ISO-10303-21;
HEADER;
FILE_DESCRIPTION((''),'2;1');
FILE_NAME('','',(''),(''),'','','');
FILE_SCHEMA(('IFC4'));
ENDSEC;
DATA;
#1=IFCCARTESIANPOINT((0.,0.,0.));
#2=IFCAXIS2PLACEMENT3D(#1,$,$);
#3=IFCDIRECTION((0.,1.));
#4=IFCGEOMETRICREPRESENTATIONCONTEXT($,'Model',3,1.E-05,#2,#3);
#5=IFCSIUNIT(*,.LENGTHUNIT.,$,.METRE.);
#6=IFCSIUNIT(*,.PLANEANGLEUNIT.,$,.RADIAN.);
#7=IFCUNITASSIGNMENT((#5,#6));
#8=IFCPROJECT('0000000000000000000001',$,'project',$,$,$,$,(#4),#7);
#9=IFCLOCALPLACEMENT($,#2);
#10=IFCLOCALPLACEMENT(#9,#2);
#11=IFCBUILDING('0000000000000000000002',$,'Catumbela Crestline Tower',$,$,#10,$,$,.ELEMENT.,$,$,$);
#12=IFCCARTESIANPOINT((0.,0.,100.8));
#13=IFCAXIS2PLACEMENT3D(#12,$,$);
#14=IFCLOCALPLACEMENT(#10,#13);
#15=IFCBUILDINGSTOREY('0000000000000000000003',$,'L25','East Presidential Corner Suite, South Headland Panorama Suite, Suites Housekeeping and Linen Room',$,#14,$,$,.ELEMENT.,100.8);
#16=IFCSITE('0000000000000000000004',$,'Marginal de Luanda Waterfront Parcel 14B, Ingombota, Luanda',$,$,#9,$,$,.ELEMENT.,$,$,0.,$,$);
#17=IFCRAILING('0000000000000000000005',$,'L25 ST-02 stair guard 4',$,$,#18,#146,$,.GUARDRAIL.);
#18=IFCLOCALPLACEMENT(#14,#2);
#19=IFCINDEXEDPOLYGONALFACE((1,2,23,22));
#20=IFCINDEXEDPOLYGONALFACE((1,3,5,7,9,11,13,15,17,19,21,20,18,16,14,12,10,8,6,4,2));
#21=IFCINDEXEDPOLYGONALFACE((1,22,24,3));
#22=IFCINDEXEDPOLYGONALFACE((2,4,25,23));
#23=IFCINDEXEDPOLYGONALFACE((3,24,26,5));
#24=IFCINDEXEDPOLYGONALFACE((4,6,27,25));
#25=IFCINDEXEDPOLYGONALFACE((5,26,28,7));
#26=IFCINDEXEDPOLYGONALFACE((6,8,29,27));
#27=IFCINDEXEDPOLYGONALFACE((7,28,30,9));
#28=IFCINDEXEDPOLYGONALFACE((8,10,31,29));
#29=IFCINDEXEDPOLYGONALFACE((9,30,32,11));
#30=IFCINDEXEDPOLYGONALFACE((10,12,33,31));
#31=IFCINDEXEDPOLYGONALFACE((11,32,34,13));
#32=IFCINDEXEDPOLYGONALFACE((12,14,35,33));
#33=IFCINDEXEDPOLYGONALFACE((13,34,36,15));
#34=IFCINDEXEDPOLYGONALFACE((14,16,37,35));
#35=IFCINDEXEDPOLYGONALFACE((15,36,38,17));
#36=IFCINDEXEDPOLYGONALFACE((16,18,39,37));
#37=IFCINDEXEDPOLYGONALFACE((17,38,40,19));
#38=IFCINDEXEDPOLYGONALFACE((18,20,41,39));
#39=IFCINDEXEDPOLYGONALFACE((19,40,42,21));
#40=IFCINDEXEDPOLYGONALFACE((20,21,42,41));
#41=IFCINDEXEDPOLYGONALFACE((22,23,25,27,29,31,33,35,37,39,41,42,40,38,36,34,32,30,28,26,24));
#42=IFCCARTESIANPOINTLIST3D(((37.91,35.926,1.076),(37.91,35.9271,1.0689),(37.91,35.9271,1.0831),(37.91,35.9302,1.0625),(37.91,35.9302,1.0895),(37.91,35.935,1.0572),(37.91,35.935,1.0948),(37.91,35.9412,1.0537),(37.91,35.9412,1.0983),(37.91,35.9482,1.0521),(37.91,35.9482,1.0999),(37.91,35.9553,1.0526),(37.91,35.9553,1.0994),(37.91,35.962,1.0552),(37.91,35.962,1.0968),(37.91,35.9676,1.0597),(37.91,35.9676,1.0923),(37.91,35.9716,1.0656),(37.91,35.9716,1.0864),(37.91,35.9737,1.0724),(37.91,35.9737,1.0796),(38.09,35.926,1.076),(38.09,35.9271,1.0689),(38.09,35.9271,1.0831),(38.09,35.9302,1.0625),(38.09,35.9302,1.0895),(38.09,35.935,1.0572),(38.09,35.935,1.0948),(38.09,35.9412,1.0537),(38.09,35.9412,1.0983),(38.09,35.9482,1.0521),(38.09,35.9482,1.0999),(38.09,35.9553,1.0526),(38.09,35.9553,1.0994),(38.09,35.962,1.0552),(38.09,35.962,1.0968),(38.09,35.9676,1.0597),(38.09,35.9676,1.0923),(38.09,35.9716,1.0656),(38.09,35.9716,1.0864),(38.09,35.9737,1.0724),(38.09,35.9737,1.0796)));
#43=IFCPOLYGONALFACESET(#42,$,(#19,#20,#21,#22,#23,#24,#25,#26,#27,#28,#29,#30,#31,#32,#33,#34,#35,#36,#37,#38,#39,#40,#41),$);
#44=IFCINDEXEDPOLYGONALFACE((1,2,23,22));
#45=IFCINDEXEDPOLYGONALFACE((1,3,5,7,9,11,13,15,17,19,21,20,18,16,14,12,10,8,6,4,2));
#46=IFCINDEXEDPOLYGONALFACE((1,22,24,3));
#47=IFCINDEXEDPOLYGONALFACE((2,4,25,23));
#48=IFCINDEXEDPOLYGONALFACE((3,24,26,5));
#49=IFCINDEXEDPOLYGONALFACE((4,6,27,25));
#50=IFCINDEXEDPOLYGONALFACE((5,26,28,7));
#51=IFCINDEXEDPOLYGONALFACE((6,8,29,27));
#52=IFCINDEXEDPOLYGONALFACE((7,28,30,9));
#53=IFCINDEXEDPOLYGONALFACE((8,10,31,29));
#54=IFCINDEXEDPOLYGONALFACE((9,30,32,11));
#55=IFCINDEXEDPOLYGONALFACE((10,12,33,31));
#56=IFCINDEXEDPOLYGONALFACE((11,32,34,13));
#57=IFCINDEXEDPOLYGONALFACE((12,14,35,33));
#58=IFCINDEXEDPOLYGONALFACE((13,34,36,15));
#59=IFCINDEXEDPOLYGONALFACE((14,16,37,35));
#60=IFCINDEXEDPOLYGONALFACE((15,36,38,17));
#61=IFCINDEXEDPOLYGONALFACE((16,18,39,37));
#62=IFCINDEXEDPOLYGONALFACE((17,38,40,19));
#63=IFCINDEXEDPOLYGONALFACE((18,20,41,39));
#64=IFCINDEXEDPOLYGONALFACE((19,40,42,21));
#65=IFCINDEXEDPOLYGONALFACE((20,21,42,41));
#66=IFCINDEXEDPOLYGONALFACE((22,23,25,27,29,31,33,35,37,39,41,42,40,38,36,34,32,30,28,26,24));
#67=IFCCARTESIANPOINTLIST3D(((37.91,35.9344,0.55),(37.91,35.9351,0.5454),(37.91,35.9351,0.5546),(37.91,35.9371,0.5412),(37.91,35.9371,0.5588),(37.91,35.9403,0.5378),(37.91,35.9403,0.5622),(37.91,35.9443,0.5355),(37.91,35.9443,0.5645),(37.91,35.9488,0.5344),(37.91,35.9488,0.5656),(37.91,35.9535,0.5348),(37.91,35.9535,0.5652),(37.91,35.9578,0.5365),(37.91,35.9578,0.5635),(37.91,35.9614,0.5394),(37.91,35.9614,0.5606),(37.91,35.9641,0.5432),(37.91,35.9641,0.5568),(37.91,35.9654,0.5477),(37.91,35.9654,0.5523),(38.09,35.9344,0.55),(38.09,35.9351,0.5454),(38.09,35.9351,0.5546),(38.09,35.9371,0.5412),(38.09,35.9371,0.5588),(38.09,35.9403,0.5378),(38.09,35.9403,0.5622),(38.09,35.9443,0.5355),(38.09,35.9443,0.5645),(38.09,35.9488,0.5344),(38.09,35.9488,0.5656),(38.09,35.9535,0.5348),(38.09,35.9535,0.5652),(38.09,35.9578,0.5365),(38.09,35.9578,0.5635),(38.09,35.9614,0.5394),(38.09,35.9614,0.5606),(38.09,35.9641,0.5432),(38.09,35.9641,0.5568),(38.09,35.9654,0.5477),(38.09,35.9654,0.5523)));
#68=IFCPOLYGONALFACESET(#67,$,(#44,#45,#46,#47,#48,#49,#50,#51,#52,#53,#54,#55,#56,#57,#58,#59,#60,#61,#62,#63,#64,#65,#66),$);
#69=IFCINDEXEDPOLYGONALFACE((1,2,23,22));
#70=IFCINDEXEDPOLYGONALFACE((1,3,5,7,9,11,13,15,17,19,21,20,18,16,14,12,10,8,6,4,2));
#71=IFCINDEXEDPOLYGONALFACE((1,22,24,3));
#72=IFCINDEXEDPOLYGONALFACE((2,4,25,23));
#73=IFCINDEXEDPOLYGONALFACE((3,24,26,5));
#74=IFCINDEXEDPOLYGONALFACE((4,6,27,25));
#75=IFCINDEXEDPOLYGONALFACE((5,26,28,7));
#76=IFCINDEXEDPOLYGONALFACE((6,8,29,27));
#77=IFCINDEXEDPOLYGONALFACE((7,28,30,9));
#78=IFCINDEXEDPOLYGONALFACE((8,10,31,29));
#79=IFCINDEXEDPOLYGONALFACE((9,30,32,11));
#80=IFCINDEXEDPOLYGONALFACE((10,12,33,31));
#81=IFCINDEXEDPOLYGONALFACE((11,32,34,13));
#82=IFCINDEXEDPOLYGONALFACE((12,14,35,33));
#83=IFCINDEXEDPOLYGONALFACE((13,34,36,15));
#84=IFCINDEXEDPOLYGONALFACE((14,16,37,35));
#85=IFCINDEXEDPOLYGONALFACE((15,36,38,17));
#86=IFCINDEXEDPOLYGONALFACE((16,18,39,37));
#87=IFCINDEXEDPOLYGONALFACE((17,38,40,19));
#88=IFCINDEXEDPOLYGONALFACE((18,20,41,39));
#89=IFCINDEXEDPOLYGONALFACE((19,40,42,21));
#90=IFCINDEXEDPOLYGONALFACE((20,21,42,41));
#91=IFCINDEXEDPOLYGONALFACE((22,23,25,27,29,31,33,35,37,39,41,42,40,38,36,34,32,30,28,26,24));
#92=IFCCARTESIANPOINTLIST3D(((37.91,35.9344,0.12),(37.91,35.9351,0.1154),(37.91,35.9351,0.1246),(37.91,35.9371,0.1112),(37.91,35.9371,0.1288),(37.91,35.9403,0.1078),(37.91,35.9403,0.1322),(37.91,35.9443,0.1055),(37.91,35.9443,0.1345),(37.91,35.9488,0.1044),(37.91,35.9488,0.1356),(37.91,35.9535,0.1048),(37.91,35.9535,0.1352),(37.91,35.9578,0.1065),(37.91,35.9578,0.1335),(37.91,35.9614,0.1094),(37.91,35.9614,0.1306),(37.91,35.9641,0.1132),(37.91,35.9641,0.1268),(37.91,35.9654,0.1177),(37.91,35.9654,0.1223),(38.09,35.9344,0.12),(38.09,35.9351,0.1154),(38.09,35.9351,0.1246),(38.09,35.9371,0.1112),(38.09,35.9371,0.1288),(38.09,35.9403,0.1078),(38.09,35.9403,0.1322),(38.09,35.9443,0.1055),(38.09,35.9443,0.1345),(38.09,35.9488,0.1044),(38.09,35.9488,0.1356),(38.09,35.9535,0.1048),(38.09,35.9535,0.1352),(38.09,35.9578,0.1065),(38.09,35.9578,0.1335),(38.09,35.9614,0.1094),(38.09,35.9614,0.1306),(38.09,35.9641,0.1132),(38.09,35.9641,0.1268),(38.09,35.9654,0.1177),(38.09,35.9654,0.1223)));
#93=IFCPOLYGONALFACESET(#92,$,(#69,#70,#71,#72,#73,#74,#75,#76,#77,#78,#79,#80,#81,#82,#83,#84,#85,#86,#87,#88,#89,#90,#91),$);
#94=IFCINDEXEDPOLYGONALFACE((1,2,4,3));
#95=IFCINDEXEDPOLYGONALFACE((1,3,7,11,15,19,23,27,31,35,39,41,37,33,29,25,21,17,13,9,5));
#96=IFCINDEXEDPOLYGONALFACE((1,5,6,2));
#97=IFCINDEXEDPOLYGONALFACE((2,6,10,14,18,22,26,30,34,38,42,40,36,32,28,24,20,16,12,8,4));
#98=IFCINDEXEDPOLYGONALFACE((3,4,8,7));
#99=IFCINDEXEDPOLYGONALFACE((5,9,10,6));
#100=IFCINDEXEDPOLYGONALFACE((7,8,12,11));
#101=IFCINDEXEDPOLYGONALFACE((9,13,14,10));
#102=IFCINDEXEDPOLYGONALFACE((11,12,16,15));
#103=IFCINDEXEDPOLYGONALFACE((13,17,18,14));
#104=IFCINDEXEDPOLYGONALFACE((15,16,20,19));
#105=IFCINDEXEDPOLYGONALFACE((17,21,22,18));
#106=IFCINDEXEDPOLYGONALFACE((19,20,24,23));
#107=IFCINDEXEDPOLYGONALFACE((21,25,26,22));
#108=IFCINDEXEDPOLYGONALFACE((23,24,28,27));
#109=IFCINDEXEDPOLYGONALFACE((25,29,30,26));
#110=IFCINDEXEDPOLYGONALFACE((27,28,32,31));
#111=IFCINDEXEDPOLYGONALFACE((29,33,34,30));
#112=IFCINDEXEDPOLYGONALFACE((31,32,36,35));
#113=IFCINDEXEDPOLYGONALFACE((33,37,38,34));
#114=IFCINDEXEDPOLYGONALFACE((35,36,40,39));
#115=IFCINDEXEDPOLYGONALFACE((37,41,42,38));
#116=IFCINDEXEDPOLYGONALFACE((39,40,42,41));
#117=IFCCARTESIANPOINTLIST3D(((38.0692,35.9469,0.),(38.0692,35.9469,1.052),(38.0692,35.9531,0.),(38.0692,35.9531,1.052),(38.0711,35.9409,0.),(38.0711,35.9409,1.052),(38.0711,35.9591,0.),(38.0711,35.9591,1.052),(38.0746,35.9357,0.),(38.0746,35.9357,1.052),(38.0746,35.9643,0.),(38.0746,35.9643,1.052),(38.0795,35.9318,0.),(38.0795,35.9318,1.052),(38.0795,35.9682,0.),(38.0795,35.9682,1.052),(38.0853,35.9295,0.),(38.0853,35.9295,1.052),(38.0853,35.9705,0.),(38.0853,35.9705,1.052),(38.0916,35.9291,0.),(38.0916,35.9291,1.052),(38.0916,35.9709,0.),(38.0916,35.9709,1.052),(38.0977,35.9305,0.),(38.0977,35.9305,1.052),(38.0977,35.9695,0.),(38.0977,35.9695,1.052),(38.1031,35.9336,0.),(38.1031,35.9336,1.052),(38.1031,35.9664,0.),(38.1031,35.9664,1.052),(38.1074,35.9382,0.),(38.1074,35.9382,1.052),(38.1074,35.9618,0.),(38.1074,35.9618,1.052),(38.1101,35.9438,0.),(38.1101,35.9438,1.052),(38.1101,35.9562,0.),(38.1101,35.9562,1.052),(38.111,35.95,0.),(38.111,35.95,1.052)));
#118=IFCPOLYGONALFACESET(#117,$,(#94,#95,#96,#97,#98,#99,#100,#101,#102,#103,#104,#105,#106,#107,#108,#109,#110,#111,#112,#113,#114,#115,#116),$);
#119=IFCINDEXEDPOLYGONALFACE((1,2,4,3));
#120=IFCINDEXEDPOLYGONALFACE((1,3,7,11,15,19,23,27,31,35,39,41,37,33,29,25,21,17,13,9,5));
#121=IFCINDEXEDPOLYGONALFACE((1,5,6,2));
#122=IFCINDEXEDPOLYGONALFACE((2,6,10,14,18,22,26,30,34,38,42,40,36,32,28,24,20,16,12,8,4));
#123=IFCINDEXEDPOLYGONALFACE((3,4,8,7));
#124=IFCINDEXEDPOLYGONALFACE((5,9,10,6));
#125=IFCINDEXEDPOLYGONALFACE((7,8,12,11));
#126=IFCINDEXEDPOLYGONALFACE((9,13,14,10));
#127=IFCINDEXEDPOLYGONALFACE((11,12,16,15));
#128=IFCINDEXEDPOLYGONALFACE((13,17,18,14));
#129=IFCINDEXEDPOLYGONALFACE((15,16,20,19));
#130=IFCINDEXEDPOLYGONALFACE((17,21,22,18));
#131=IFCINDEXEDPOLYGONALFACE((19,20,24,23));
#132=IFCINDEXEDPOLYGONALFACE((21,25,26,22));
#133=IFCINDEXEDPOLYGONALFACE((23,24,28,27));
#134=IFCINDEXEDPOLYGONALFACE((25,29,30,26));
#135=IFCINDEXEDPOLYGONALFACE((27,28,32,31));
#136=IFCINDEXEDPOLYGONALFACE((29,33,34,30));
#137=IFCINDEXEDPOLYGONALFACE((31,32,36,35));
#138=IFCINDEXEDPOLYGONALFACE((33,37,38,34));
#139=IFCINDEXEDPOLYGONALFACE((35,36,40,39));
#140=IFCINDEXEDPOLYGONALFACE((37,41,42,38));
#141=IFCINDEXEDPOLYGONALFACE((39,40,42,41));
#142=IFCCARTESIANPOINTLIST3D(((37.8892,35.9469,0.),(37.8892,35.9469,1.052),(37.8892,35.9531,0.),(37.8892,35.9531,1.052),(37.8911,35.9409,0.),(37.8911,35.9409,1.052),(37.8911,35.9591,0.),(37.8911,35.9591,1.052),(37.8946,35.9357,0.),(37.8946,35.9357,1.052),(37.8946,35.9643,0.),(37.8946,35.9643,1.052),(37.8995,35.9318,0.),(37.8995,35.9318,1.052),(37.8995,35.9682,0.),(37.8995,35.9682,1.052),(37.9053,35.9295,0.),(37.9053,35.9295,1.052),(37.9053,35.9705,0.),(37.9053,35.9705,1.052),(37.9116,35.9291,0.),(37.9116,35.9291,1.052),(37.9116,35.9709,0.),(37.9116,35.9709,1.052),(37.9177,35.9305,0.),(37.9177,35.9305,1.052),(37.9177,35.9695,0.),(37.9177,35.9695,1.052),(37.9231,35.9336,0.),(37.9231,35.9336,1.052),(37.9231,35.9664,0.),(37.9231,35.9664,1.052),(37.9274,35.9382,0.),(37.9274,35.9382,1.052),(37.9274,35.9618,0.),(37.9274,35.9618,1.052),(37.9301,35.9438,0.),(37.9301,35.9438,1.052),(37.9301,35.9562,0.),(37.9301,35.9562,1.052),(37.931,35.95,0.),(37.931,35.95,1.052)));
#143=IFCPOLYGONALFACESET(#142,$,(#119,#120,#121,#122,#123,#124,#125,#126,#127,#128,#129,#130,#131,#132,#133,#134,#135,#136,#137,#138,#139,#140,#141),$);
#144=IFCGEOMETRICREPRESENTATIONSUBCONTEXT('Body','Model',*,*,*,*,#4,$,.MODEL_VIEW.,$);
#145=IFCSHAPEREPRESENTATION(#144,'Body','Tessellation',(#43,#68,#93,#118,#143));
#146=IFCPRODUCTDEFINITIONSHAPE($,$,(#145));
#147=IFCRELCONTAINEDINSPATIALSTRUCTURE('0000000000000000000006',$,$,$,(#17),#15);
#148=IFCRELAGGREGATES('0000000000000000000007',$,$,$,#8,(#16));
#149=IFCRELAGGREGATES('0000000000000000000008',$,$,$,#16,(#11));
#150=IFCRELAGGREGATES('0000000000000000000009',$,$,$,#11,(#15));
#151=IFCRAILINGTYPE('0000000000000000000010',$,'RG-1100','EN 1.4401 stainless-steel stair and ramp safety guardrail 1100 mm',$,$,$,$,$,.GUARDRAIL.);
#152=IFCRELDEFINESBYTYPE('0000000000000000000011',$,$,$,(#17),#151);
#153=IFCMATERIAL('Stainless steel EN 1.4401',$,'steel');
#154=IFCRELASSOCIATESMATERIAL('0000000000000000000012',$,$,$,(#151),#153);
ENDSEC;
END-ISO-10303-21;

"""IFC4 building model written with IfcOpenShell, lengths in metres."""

from ifc_helpers import new_model, si_unit, direction, frame, origin, origin_2d, place, context, subcontext, project, spatial, circle, extrude, material, type_object, element, save


model = new_model("IFC4")

# Units and contexts
model_context = context("Model", 3, precision=1e-05, world=origin(), true_north=direction((0.0, 1.0)))
body_context = subcontext(model_context, "Body", "Model", "MODEL_VIEW")
ifc_project = project(units=[si_unit("LENGTHUNIT", "METRE"), si_unit("PLANEANGLEUNIT", "RADIAN")], contexts=[model_context])

# Site, building, storey
site_placement = place(None, origin())
site = spatial("IfcSite", under=ifc_project, at=site_placement, Name="Marginal de Luanda Waterfront Parcel 14B, Ingombota, Luanda", CompositionType="ELEMENT", RefElevation=0.0)
building_placement = place(site_placement, origin())
building = spatial("IfcBuilding", under=site, at=building_placement, Name="Catumbela Crestline Tower", CompositionType="ELEMENT")
storey_placement = place(building_placement, frame((0.0, 0.0, 100.8)))
storey = spatial("IfcBuildingStorey", under=building, at=storey_placement, Name="L25", Description="East Presidential Corner Suite, South Headland Panorama Suite, Suites Housekeeping and Linen Room", CompositionType="ELEMENT", Elevation=100.8)

# Shared definitions
ifc_material_1 = material(Name="Stainless steel EN 1.4401", Category="steel")

# Railing
railing_type_1 = type_object("IfcRailingType", Name="RG-1100", Description="EN 1.4401 stainless-steel stair and ramp safety guardrail 1100 mm", PredefinedType="GUARDRAIL", material=ifc_material_1)
railing_1_placement = place(storey_placement, frame((38.09, 35.95, 0.0)))
element("IfcRailing", 1, at=railing_1_placement, inside=storey, type_object=railing_type_1, Name="L25 ST-02 stair guard 4", PredefinedType="GUARDRAIL", context=body_context, shape_type="SweptSolid", body=[
    extrude(circle(Radius=0.024, at=origin_2d()), frame((0.0, 0.0, 1.076), z_axis=(-1.0, 0.0, 0.0), x_axis=(0.0, -1.0, 0.0)), (0.0, 0.0, 1.0), 0.18),
    extrude(circle(Radius=0.0156, at=origin_2d()), frame((0.0, 0.0, 0.55), z_axis=(-1.0, 0.0, 0.0), x_axis=(0.0, -1.0, 0.0)), (0.0, 0.0, 1.0), 0.18),
    extrude(circle(Radius=0.0156, at=origin_2d()), frame((0.0, 0.0, 0.12), z_axis=(-1.0, 0.0, 0.0), x_axis=(0.0, -1.0, 0.0)), (0.0, 0.0, 1.0), 0.18),
    extrude(circle(Radius=0.021, at=origin_2d()), origin(), (0.0, 0.0, 1.0), 1.052),
    extrude(circle(Radius=0.021, at=origin_2d()), frame((-0.18, 0.0, 0.0)), (0.0, 0.0, 1.0), 1.052),
])

save(model, "model.ifc")
